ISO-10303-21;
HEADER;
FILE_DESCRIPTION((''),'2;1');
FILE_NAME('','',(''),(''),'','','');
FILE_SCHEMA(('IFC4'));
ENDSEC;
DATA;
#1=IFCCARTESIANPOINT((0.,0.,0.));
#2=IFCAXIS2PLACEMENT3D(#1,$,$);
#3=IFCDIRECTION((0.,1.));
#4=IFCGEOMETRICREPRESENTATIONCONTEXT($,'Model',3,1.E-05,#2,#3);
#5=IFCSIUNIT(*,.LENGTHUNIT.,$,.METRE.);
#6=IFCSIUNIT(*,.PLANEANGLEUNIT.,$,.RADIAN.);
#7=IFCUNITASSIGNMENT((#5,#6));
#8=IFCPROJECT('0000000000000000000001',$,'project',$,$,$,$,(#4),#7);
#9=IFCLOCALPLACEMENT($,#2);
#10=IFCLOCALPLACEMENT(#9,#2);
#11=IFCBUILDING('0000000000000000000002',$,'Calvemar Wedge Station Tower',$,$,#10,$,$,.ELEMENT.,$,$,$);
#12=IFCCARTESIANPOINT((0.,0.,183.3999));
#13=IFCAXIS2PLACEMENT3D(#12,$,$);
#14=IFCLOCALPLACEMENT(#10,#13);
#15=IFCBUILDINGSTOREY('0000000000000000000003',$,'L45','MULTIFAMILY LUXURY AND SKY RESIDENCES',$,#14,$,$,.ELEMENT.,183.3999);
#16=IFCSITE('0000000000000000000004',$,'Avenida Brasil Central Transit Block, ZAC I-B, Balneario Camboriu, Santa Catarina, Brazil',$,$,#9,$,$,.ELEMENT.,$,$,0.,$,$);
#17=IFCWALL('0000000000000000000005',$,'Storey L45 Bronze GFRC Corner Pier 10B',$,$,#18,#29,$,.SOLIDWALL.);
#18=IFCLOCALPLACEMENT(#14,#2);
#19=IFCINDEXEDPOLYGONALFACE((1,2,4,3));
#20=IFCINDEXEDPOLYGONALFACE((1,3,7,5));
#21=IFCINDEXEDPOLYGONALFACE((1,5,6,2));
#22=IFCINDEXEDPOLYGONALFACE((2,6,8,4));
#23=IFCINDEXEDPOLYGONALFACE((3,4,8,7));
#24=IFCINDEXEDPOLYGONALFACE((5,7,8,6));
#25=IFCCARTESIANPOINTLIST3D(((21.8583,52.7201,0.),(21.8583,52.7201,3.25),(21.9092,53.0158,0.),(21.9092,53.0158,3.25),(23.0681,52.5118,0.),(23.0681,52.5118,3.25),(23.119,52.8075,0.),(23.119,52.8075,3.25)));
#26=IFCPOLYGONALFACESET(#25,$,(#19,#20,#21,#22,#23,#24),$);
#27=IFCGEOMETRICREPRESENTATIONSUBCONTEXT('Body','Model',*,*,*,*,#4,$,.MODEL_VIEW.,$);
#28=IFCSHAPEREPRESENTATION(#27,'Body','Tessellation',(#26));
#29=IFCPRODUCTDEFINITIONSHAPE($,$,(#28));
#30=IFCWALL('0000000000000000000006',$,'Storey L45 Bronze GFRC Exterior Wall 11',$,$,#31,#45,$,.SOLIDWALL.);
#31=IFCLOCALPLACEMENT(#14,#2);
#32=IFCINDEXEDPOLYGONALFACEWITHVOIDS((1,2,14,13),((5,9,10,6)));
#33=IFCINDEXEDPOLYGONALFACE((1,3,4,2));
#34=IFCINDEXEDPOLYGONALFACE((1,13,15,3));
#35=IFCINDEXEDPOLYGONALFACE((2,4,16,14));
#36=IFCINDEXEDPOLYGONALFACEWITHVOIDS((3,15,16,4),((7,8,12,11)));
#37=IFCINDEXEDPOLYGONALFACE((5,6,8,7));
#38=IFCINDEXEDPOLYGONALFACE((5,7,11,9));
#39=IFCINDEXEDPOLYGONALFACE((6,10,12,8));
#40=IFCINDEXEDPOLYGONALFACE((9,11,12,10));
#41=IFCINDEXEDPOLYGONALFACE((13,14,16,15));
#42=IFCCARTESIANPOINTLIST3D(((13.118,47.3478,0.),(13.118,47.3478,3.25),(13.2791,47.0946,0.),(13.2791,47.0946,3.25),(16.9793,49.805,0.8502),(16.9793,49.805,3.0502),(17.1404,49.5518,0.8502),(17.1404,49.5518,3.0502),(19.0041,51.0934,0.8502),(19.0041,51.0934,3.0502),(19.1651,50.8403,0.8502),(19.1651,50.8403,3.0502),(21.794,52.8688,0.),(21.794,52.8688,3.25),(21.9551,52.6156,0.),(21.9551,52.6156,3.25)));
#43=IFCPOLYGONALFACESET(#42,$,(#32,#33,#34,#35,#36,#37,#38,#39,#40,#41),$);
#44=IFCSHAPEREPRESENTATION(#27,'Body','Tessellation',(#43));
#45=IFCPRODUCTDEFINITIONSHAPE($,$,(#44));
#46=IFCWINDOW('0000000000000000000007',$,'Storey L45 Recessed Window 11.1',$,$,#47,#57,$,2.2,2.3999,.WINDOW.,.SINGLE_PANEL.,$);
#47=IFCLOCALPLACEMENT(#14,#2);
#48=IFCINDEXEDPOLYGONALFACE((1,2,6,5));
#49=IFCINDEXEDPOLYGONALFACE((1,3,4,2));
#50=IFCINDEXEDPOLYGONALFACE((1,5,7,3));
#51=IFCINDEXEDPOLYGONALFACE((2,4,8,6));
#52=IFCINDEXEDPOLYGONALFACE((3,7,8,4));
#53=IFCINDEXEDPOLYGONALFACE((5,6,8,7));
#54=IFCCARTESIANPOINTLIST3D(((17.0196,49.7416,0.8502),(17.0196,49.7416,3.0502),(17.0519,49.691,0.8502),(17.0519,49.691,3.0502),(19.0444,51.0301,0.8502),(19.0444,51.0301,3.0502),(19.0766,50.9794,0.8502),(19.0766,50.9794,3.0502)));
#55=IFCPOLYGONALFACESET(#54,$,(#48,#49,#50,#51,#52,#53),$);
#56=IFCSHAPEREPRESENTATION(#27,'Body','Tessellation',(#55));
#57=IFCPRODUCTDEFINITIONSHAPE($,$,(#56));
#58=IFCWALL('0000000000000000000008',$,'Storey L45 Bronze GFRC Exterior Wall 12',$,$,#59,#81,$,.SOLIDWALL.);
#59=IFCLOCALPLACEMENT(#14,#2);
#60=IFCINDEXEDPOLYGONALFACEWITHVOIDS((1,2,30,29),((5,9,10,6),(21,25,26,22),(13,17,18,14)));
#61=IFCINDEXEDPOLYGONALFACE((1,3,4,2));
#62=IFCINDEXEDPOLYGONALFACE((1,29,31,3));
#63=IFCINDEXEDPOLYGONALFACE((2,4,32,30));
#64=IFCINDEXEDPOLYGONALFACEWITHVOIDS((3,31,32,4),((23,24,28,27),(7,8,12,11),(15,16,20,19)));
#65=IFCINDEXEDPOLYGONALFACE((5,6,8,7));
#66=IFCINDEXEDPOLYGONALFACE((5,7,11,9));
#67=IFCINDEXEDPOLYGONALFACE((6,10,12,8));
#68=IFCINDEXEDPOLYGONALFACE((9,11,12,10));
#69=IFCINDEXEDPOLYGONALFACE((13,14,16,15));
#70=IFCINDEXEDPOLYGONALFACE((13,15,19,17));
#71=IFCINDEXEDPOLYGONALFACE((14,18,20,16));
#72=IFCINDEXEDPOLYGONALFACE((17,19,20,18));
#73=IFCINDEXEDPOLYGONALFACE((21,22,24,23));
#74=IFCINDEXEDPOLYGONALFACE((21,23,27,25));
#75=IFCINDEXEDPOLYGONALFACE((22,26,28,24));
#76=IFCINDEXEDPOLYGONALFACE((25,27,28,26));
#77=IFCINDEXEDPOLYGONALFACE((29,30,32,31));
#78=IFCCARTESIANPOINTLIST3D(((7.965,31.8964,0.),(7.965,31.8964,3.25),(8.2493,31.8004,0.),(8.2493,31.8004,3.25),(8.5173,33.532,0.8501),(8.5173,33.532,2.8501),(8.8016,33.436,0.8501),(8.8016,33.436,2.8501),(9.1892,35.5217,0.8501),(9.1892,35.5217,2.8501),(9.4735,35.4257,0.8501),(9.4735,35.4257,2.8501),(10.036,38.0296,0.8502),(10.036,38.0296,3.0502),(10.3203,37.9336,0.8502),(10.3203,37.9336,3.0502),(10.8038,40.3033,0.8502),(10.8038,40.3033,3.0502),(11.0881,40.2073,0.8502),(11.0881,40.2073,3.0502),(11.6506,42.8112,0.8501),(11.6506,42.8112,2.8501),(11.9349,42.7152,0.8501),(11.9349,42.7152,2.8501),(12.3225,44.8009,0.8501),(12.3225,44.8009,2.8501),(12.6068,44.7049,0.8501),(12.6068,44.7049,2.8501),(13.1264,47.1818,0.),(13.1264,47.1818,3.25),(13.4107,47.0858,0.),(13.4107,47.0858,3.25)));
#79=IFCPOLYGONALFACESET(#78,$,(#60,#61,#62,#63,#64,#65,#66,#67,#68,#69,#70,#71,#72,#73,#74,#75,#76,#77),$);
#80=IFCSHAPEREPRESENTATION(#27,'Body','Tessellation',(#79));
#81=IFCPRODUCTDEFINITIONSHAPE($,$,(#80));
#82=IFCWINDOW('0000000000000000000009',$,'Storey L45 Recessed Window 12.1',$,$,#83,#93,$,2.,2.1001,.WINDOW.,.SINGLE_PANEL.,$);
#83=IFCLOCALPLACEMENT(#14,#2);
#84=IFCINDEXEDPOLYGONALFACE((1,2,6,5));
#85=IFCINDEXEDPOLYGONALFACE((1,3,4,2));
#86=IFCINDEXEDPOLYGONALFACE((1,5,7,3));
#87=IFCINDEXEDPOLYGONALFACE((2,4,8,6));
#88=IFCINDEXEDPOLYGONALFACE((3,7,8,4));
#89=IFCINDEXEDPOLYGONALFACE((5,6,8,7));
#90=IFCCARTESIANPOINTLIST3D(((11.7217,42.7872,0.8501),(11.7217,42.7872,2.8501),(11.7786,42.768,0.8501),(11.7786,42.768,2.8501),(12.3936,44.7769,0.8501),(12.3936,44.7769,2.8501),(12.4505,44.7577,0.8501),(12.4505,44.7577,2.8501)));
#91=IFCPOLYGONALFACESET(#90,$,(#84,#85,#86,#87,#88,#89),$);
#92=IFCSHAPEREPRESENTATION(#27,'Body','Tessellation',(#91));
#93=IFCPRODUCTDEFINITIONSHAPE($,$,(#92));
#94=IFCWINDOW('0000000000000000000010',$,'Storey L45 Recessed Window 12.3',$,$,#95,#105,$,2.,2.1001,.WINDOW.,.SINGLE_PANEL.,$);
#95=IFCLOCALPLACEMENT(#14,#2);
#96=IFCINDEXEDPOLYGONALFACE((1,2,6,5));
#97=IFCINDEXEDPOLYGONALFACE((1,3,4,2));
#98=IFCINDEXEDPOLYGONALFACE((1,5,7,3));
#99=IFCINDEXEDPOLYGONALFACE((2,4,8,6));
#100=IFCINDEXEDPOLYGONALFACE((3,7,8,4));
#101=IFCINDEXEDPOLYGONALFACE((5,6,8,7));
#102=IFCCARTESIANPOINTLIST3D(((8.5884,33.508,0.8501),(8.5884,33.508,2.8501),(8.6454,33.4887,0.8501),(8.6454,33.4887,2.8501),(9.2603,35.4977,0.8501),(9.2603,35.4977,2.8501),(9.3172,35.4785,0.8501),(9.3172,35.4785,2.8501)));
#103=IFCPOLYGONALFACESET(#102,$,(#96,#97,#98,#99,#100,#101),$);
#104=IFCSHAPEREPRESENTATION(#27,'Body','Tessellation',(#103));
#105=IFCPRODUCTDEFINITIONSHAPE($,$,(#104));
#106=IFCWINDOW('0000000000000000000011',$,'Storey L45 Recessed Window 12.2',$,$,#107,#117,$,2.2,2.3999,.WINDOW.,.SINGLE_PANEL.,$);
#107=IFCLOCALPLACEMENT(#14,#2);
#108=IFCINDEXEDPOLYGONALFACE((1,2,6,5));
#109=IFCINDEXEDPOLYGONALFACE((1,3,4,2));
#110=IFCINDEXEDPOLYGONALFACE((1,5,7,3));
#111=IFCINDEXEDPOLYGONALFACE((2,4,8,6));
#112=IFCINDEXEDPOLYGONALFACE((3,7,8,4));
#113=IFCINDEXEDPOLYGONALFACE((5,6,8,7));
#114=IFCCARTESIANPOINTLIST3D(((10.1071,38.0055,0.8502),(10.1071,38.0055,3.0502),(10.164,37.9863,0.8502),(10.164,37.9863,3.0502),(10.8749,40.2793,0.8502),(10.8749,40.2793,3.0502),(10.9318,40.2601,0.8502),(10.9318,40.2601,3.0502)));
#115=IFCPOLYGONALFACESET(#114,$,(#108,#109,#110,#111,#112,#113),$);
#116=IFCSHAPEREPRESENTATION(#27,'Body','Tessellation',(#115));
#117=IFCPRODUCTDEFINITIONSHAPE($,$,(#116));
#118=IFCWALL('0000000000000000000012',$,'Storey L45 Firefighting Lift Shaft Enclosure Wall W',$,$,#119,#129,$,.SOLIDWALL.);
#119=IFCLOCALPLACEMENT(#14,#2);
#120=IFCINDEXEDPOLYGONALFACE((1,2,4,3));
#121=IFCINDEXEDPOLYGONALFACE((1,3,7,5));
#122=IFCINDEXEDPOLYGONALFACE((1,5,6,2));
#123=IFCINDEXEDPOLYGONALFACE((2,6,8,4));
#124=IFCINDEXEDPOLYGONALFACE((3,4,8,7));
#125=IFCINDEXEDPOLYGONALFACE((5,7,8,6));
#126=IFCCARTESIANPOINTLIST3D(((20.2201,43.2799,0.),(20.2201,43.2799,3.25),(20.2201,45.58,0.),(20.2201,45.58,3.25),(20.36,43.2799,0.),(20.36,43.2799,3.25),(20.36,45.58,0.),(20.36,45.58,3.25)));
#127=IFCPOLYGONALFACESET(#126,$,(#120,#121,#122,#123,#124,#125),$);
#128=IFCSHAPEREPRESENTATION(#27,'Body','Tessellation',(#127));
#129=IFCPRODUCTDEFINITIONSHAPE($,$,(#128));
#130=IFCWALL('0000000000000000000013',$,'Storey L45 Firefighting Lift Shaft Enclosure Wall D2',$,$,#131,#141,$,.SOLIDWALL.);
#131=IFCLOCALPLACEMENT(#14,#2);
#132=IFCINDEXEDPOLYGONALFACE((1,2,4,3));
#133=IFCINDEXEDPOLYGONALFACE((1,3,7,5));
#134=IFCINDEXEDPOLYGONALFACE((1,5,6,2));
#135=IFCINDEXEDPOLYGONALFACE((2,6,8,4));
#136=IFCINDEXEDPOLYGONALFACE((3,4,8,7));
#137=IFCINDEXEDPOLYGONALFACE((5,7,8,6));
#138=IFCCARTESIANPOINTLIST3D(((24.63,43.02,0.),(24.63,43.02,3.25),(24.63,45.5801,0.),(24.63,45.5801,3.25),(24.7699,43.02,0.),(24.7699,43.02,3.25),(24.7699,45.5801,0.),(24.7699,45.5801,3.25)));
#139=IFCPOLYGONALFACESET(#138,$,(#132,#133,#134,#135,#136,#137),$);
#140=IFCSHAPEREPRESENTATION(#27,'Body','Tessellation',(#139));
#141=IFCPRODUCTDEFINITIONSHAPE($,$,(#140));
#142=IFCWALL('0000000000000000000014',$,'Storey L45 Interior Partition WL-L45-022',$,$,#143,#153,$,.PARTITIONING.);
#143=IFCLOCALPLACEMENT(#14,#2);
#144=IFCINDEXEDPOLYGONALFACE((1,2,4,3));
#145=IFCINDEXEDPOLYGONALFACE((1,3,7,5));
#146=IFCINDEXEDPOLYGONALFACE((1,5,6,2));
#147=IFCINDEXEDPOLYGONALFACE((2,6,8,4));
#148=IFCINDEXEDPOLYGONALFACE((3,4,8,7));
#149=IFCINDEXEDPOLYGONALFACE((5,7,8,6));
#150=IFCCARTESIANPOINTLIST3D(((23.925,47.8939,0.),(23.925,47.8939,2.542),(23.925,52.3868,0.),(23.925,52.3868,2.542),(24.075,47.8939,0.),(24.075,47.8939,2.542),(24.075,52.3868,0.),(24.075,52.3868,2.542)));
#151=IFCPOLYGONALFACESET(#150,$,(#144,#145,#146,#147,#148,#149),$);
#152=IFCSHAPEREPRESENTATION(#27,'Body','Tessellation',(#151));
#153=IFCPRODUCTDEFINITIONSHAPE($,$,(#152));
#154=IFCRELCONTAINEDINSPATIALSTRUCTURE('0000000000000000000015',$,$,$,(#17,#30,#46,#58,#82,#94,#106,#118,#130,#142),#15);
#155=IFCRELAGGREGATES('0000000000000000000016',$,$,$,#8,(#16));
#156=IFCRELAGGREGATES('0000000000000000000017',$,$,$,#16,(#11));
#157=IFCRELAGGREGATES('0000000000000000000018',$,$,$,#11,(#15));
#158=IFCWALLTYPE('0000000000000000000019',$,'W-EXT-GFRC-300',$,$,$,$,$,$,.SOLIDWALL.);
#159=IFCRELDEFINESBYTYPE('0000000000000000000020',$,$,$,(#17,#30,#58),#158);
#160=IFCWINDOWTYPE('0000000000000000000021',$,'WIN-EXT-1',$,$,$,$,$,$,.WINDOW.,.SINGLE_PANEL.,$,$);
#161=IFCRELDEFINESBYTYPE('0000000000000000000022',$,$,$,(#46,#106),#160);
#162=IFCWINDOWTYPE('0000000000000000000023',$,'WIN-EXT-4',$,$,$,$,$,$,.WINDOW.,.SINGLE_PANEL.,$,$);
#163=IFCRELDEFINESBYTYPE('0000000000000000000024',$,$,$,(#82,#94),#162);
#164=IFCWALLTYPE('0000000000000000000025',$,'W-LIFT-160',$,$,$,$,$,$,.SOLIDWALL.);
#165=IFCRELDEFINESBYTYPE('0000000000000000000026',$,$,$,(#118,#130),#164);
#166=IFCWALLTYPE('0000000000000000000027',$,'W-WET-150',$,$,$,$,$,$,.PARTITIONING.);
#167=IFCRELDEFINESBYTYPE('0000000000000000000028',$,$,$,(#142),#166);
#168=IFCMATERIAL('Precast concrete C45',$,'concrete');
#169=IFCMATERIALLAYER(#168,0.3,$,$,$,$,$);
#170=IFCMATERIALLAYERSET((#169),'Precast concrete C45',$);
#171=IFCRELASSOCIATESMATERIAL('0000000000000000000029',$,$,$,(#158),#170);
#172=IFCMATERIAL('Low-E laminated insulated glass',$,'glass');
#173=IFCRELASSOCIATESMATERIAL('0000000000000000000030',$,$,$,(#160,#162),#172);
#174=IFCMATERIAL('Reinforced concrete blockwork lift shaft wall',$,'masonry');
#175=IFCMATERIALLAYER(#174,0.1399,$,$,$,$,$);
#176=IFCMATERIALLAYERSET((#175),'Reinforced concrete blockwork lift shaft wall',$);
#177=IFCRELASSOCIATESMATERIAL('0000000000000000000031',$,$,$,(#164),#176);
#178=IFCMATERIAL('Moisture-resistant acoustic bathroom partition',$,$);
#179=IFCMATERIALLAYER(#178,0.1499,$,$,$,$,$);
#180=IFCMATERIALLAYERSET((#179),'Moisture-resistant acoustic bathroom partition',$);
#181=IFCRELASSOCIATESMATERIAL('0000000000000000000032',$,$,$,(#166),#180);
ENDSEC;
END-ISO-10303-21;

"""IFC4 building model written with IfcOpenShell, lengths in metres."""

from ifc_helpers import new_model, si_unit, direction, frame, frame_2d, origin, place, context, subcontext, project, spatial, rectangle, extrude, source, transform, mapped, material, layer, layer_set, type_object, element, fill, save


model = new_model("IFC4")

# Units and contexts
model_context = context("Model", 3, precision=1e-05, world=origin(), true_north=direction((0.0, 1.0)))
body_context = subcontext(model_context, "Body", "Model", "MODEL_VIEW")
ifc_project = project(units=[si_unit("LENGTHUNIT", "METRE"), si_unit("PLANEANGLEUNIT", "RADIAN")], contexts=[model_context])

# Site, building, storey
site_placement = place(None, origin())
site = spatial("IfcSite", under=ifc_project, at=site_placement, Name="Avenida Brasil Central Transit Block, ZAC I-B, Balneario Camboriu, Santa Catarina, Brazil", CompositionType="ELEMENT", RefElevation=0.0)
building_placement = place(site_placement, origin())
building = spatial("IfcBuilding", under=site, at=building_placement, Name="Calvemar Wedge Station Tower", CompositionType="ELEMENT")
storey_placement = place(building_placement, frame((0.0, 0.0, 183.3999)))
storey = spatial("IfcBuildingStorey", under=building, at=storey_placement, Name="L45", Description="MULTIFAMILY LUXURY AND SKY RESIDENCES", CompositionType="ELEMENT", Elevation=183.3999)

# Wall
ifc_material_1 = material(Name="Precast concrete C45", Category="concrete")
ifc_layer_1 = layer(ifc_material_1, 0.3)
ifc_layer_set_1 = layer_set([ifc_layer_1], Name="Precast concrete C45")
wall_type_1 = type_object("IfcWallType", Name="W-EXT-GFRC-300", PredefinedType="SOLIDWALL", material=ifc_layer_set_1)
wall_1_placement = place(storey_placement, frame((23.0935, 52.6597, 0.0), z_axis=(0.0, 0.0, 1.0), x_axis=(-0.985504, 0.169654, 0.0)))
element("IfcWall", 1, at=wall_1_placement, inside=storey, type_object=wall_type_1, Name="Storey L45 Bronze GFRC Corner Pier 10B", PredefinedType="SOLIDWALL", context=body_context, shape_type="SweptSolid", body=[
    extrude(rectangle(XDim=1.2275, YDim=0.3, at=frame_2d((0.6138, 0.0))), origin(), (0.0, 0.0, 1.0), 3.25),
])

# Wall, opening, window
wall_2_placement = place(storey_placement, frame((21.8745, 52.7422, 0.0), z_axis=(0.0, 0.0, 1.0), x_axis=(-0.843666, -0.536868, 0.0)))
wall_2 = element("IfcWall", 2, at=wall_2_placement, inside=storey, type_object=wall_type_1, Name="Storey L45 Bronze GFRC Exterior Wall 11", PredefinedType="SOLIDWALL", context=body_context, shape_type="SweptSolid", body=[
    extrude(rectangle(XDim=10.2837, YDim=0.3, at=frame_2d((5.1418, 0.0))), origin(), (0.0, 0.0, 1.0), 3.25),
])
shared_shape_1 = source(origin(), body_context, "Body", "SweptSolid", [
    extrude(rectangle(XDim=2.3999, YDim=2.2, at=frame_2d((1.2, 1.1001))), frame((0.0, 0.1602, 0.0), z_axis=(0.0, -1.0, 0.0), x_axis=(1.0, 0.0, 0.0)), (0.0, 0.0, 1.0), 0.3201),
])
opening_1_placement = place(wall_2_placement, frame((3.3069, 0.0, 0.8501)))
opening_1 = element("IfcOpeningElement", 3, at=opening_1_placement, cuts=wall_2, PredefinedType="OPENING", context=body_context, shape_type="MappedRepresentation", body=[
    mapped(shared_shape_1, transform((0.0, 0.0, 0.0), scale=1.0)),
])
ifc_material_2 = material(Name="Low-E laminated insulated glass", Category="glass")
window_type_1 = type_object("IfcWindowType", Name="WIN-EXT-1", PartitioningType="SINGLE_PANEL", PredefinedType="WINDOW", material=ifc_material_2)
shared_shape_2 = source(origin(), body_context, "Body", "SweptSolid", [
    extrude(rectangle(XDim=2.3999, YDim=2.2, at=frame_2d((1.2, 1.1001))), frame((0.0, -0.0149, 0.0), z_axis=(0.0, -1.0, 0.0), x_axis=(1.0, 0.0, 0.0)), (0.0, 0.0, 1.0), 0.0601),
])
window_1_placement = place(opening_1_placement, origin())
window_1 = element("IfcWindow", 4, at=window_1_placement, inside=storey, type_object=window_type_1, Name="Storey L45 Recessed Window 11.1", OverallHeight=2.2, OverallWidth=2.3999, PartitioningType="SINGLE_PANEL", PredefinedType="WINDOW", context=body_context, shape_type="MappedRepresentation", body=[
    mapped(shared_shape_2, transform((0.0, 0.0, 0.0), scale=1.0)),
])
fill(opening_1, window_1)

# Wall, openings, windows
wall_3_placement = place(storey_placement, frame((13.2686, 47.1338, 0.0), z_axis=(0.0, 0.0, 1.0), x_axis=(-0.319921, -0.947444, 0.0)))
wall_3 = element("IfcWall", 5, at=wall_3_placement, inside=storey, type_object=wall_type_1, Name="Storey L45 Bronze GFRC Exterior Wall 12", PredefinedType="SOLIDWALL", context=body_context, shape_type="SweptSolid", body=[
    extrude(rectangle(XDim=16.1333, YDim=0.3, at=frame_2d((8.0667, 0.0))), origin(), (0.0, 0.0, 1.0), 3.25),
])
shared_shape_3 = source(origin(), body_context, "Body", "SweptSolid", [
    extrude(rectangle(XDim=2.1001, YDim=2.0, at=frame_2d((1.05, 1.0))), frame((0.0, 0.1602, 0.0), z_axis=(0.0, -1.0, 0.0), x_axis=(1.0, 0.0, 0.0)), (0.0, 0.0, 1.0), 0.3201),
])
opening_2_placement = place(wall_3_placement, frame((2.5129, 0.0, 0.8501)))
opening_2 = element("IfcOpeningElement", 6, at=opening_2_placement, cuts=wall_3, PredefinedType="OPENING", context=body_context, shape_type="MappedRepresentation", body=[
    mapped(shared_shape_3, transform((0.0, 0.0, 0.0), scale=1.0)),
])
opening_3_placement = place(wall_3_placement, frame((7.26, 0.0, 0.8501)))
opening_3 = element("IfcOpeningElement", 7, at=opening_3_placement, cuts=wall_3, PredefinedType="OPENING", context=body_context, shape_type="MappedRepresentation", body=[
    mapped(shared_shape_1, transform((0.0, 0.0, 0.0), scale=1.0)),
])
opening_4_placement = place(wall_3_placement, frame((12.3069, 0.0, 0.8501)))
opening_4 = element("IfcOpeningElement", 8, at=opening_4_placement, cuts=wall_3, PredefinedType="OPENING", context=body_context, shape_type="MappedRepresentation", body=[
    mapped(shared_shape_3, transform((0.0, 0.0, 0.0), scale=1.0)),
])
window_type_2 = type_object("IfcWindowType", Name="WIN-EXT-4", PartitioningType="SINGLE_PANEL", PredefinedType="WINDOW", material=ifc_material_2)
shared_shape_4 = source(origin(), body_context, "Body", "SweptSolid", [
    extrude(rectangle(XDim=2.1001, YDim=2.0, at=frame_2d((1.05, 1.0))), frame((0.0, -0.0149, 0.0), z_axis=(0.0, -1.0, 0.0), x_axis=(1.0, 0.0, 0.0)), (0.0, 0.0, 1.0), 0.0601),
])
window_2_placement = place(opening_2_placement, origin())
window_2 = element("IfcWindow", 9, at=window_2_placement, inside=storey, type_object=window_type_2, Name="Storey L45 Recessed Window 12.1", OverallHeight=2.0, OverallWidth=2.1001, PartitioningType="SINGLE_PANEL", PredefinedType="WINDOW", context=body_context, shape_type="MappedRepresentation", body=[
    mapped(shared_shape_4, transform((0.0, 0.0, 0.0), scale=1.0)),
])
fill(opening_2, window_2)
window_3_placement = place(opening_4_placement, origin())
window_3 = element("IfcWindow", 10, at=window_3_placement, inside=storey, type_object=window_type_2, Name="Storey L45 Recessed Window 12.3", OverallHeight=2.0, OverallWidth=2.1001, PartitioningType="SINGLE_PANEL", PredefinedType="WINDOW", context=body_context, shape_type="MappedRepresentation", body=[
    mapped(shared_shape_4, transform((0.0, 0.0, 0.0), scale=1.0)),
])
fill(opening_4, window_3)
window_4_placement = place(opening_3_placement, origin())
window_4 = element("IfcWindow", 11, at=window_4_placement, inside=storey, type_object=window_type_1, Name="Storey L45 Recessed Window 12.2", OverallHeight=2.2, OverallWidth=2.3999, PartitioningType="SINGLE_PANEL", PredefinedType="WINDOW", context=body_context, shape_type="MappedRepresentation", body=[
    mapped(shared_shape_2, transform((0.0, 0.0, 0.0), scale=1.0)),
])
fill(opening_3, window_4)

# Walls
ifc_material_3 = material(Name="Reinforced concrete blockwork lift shaft wall", Category="masonry")
ifc_layer_2 = layer(ifc_material_3, 0.1399)
ifc_layer_set_2 = layer_set([ifc_layer_2], Name="Reinforced concrete blockwork lift shaft wall")
wall_type_2 = type_object("IfcWallType", Name="W-LIFT-160", PredefinedType="SOLIDWALL", material=ifc_layer_set_2)
wall_4_placement = place(storey_placement, frame((20.29, 43.28, 0.0), z_axis=(0.0, 0.0, 1.0), x_axis=(0.0, 1.0, 0.0)))
element("IfcWall", 12, at=wall_4_placement, inside=storey, type_object=wall_type_2, Name="Storey L45 Firefighting Lift Shaft Enclosure Wall W", PredefinedType="SOLIDWALL", context=body_context, shape_type="SweptSolid", body=[
    extrude(rectangle(XDim=2.3, YDim=0.1399, at=frame_2d((1.1499, 0.0))), origin(), (0.0, 0.0, 1.0), 3.25),
])
wall_5_placement = place(storey_placement, frame((24.7, 43.02, 0.0), z_axis=(0.0, 0.0, 1.0), x_axis=(0.0, 1.0, 0.0)))
element("IfcWall", 13, at=wall_5_placement, inside=storey, type_object=wall_type_2, Name="Storey L45 Firefighting Lift Shaft Enclosure Wall D2", PredefinedType="SOLIDWALL", context=body_context, shape_type="SweptSolid", body=[
    extrude(rectangle(XDim=2.5601, YDim=0.1399, at=frame_2d((1.28, 0.0))), origin(), (0.0, 0.0, 1.0), 3.25),
])
ifc_material_4 = material(Name="Moisture-resistant acoustic bathroom partition")
ifc_layer_3 = layer(ifc_material_4, 0.1499)
ifc_layer_set_3 = layer_set([ifc_layer_3], Name="Moisture-resistant acoustic bathroom partition")
wall_type_3 = type_object("IfcWallType", Name="W-WET-150", PredefinedType="PARTITIONING", material=ifc_layer_set_3)
wall_6_placement = place(storey_placement, frame((24.0, 52.387, 0.0), z_axis=(0.0, 0.0, 1.0), x_axis=(0.0, -1.0, 0.0)))
element("IfcWall", 14, at=wall_6_placement, inside=storey, type_object=wall_type_3, Name="Storey L45 Interior Partition WL-L45-022", PredefinedType="PARTITIONING", context=body_context, shape_type="SweptSolid", body=[
    extrude(rectangle(XDim=4.4929, YDim=0.1499, at=frame_2d((2.2466, 0.0))), origin(), (0.0, 0.0, 1.0), 2.542),
])

save(model, "model.ifc")
